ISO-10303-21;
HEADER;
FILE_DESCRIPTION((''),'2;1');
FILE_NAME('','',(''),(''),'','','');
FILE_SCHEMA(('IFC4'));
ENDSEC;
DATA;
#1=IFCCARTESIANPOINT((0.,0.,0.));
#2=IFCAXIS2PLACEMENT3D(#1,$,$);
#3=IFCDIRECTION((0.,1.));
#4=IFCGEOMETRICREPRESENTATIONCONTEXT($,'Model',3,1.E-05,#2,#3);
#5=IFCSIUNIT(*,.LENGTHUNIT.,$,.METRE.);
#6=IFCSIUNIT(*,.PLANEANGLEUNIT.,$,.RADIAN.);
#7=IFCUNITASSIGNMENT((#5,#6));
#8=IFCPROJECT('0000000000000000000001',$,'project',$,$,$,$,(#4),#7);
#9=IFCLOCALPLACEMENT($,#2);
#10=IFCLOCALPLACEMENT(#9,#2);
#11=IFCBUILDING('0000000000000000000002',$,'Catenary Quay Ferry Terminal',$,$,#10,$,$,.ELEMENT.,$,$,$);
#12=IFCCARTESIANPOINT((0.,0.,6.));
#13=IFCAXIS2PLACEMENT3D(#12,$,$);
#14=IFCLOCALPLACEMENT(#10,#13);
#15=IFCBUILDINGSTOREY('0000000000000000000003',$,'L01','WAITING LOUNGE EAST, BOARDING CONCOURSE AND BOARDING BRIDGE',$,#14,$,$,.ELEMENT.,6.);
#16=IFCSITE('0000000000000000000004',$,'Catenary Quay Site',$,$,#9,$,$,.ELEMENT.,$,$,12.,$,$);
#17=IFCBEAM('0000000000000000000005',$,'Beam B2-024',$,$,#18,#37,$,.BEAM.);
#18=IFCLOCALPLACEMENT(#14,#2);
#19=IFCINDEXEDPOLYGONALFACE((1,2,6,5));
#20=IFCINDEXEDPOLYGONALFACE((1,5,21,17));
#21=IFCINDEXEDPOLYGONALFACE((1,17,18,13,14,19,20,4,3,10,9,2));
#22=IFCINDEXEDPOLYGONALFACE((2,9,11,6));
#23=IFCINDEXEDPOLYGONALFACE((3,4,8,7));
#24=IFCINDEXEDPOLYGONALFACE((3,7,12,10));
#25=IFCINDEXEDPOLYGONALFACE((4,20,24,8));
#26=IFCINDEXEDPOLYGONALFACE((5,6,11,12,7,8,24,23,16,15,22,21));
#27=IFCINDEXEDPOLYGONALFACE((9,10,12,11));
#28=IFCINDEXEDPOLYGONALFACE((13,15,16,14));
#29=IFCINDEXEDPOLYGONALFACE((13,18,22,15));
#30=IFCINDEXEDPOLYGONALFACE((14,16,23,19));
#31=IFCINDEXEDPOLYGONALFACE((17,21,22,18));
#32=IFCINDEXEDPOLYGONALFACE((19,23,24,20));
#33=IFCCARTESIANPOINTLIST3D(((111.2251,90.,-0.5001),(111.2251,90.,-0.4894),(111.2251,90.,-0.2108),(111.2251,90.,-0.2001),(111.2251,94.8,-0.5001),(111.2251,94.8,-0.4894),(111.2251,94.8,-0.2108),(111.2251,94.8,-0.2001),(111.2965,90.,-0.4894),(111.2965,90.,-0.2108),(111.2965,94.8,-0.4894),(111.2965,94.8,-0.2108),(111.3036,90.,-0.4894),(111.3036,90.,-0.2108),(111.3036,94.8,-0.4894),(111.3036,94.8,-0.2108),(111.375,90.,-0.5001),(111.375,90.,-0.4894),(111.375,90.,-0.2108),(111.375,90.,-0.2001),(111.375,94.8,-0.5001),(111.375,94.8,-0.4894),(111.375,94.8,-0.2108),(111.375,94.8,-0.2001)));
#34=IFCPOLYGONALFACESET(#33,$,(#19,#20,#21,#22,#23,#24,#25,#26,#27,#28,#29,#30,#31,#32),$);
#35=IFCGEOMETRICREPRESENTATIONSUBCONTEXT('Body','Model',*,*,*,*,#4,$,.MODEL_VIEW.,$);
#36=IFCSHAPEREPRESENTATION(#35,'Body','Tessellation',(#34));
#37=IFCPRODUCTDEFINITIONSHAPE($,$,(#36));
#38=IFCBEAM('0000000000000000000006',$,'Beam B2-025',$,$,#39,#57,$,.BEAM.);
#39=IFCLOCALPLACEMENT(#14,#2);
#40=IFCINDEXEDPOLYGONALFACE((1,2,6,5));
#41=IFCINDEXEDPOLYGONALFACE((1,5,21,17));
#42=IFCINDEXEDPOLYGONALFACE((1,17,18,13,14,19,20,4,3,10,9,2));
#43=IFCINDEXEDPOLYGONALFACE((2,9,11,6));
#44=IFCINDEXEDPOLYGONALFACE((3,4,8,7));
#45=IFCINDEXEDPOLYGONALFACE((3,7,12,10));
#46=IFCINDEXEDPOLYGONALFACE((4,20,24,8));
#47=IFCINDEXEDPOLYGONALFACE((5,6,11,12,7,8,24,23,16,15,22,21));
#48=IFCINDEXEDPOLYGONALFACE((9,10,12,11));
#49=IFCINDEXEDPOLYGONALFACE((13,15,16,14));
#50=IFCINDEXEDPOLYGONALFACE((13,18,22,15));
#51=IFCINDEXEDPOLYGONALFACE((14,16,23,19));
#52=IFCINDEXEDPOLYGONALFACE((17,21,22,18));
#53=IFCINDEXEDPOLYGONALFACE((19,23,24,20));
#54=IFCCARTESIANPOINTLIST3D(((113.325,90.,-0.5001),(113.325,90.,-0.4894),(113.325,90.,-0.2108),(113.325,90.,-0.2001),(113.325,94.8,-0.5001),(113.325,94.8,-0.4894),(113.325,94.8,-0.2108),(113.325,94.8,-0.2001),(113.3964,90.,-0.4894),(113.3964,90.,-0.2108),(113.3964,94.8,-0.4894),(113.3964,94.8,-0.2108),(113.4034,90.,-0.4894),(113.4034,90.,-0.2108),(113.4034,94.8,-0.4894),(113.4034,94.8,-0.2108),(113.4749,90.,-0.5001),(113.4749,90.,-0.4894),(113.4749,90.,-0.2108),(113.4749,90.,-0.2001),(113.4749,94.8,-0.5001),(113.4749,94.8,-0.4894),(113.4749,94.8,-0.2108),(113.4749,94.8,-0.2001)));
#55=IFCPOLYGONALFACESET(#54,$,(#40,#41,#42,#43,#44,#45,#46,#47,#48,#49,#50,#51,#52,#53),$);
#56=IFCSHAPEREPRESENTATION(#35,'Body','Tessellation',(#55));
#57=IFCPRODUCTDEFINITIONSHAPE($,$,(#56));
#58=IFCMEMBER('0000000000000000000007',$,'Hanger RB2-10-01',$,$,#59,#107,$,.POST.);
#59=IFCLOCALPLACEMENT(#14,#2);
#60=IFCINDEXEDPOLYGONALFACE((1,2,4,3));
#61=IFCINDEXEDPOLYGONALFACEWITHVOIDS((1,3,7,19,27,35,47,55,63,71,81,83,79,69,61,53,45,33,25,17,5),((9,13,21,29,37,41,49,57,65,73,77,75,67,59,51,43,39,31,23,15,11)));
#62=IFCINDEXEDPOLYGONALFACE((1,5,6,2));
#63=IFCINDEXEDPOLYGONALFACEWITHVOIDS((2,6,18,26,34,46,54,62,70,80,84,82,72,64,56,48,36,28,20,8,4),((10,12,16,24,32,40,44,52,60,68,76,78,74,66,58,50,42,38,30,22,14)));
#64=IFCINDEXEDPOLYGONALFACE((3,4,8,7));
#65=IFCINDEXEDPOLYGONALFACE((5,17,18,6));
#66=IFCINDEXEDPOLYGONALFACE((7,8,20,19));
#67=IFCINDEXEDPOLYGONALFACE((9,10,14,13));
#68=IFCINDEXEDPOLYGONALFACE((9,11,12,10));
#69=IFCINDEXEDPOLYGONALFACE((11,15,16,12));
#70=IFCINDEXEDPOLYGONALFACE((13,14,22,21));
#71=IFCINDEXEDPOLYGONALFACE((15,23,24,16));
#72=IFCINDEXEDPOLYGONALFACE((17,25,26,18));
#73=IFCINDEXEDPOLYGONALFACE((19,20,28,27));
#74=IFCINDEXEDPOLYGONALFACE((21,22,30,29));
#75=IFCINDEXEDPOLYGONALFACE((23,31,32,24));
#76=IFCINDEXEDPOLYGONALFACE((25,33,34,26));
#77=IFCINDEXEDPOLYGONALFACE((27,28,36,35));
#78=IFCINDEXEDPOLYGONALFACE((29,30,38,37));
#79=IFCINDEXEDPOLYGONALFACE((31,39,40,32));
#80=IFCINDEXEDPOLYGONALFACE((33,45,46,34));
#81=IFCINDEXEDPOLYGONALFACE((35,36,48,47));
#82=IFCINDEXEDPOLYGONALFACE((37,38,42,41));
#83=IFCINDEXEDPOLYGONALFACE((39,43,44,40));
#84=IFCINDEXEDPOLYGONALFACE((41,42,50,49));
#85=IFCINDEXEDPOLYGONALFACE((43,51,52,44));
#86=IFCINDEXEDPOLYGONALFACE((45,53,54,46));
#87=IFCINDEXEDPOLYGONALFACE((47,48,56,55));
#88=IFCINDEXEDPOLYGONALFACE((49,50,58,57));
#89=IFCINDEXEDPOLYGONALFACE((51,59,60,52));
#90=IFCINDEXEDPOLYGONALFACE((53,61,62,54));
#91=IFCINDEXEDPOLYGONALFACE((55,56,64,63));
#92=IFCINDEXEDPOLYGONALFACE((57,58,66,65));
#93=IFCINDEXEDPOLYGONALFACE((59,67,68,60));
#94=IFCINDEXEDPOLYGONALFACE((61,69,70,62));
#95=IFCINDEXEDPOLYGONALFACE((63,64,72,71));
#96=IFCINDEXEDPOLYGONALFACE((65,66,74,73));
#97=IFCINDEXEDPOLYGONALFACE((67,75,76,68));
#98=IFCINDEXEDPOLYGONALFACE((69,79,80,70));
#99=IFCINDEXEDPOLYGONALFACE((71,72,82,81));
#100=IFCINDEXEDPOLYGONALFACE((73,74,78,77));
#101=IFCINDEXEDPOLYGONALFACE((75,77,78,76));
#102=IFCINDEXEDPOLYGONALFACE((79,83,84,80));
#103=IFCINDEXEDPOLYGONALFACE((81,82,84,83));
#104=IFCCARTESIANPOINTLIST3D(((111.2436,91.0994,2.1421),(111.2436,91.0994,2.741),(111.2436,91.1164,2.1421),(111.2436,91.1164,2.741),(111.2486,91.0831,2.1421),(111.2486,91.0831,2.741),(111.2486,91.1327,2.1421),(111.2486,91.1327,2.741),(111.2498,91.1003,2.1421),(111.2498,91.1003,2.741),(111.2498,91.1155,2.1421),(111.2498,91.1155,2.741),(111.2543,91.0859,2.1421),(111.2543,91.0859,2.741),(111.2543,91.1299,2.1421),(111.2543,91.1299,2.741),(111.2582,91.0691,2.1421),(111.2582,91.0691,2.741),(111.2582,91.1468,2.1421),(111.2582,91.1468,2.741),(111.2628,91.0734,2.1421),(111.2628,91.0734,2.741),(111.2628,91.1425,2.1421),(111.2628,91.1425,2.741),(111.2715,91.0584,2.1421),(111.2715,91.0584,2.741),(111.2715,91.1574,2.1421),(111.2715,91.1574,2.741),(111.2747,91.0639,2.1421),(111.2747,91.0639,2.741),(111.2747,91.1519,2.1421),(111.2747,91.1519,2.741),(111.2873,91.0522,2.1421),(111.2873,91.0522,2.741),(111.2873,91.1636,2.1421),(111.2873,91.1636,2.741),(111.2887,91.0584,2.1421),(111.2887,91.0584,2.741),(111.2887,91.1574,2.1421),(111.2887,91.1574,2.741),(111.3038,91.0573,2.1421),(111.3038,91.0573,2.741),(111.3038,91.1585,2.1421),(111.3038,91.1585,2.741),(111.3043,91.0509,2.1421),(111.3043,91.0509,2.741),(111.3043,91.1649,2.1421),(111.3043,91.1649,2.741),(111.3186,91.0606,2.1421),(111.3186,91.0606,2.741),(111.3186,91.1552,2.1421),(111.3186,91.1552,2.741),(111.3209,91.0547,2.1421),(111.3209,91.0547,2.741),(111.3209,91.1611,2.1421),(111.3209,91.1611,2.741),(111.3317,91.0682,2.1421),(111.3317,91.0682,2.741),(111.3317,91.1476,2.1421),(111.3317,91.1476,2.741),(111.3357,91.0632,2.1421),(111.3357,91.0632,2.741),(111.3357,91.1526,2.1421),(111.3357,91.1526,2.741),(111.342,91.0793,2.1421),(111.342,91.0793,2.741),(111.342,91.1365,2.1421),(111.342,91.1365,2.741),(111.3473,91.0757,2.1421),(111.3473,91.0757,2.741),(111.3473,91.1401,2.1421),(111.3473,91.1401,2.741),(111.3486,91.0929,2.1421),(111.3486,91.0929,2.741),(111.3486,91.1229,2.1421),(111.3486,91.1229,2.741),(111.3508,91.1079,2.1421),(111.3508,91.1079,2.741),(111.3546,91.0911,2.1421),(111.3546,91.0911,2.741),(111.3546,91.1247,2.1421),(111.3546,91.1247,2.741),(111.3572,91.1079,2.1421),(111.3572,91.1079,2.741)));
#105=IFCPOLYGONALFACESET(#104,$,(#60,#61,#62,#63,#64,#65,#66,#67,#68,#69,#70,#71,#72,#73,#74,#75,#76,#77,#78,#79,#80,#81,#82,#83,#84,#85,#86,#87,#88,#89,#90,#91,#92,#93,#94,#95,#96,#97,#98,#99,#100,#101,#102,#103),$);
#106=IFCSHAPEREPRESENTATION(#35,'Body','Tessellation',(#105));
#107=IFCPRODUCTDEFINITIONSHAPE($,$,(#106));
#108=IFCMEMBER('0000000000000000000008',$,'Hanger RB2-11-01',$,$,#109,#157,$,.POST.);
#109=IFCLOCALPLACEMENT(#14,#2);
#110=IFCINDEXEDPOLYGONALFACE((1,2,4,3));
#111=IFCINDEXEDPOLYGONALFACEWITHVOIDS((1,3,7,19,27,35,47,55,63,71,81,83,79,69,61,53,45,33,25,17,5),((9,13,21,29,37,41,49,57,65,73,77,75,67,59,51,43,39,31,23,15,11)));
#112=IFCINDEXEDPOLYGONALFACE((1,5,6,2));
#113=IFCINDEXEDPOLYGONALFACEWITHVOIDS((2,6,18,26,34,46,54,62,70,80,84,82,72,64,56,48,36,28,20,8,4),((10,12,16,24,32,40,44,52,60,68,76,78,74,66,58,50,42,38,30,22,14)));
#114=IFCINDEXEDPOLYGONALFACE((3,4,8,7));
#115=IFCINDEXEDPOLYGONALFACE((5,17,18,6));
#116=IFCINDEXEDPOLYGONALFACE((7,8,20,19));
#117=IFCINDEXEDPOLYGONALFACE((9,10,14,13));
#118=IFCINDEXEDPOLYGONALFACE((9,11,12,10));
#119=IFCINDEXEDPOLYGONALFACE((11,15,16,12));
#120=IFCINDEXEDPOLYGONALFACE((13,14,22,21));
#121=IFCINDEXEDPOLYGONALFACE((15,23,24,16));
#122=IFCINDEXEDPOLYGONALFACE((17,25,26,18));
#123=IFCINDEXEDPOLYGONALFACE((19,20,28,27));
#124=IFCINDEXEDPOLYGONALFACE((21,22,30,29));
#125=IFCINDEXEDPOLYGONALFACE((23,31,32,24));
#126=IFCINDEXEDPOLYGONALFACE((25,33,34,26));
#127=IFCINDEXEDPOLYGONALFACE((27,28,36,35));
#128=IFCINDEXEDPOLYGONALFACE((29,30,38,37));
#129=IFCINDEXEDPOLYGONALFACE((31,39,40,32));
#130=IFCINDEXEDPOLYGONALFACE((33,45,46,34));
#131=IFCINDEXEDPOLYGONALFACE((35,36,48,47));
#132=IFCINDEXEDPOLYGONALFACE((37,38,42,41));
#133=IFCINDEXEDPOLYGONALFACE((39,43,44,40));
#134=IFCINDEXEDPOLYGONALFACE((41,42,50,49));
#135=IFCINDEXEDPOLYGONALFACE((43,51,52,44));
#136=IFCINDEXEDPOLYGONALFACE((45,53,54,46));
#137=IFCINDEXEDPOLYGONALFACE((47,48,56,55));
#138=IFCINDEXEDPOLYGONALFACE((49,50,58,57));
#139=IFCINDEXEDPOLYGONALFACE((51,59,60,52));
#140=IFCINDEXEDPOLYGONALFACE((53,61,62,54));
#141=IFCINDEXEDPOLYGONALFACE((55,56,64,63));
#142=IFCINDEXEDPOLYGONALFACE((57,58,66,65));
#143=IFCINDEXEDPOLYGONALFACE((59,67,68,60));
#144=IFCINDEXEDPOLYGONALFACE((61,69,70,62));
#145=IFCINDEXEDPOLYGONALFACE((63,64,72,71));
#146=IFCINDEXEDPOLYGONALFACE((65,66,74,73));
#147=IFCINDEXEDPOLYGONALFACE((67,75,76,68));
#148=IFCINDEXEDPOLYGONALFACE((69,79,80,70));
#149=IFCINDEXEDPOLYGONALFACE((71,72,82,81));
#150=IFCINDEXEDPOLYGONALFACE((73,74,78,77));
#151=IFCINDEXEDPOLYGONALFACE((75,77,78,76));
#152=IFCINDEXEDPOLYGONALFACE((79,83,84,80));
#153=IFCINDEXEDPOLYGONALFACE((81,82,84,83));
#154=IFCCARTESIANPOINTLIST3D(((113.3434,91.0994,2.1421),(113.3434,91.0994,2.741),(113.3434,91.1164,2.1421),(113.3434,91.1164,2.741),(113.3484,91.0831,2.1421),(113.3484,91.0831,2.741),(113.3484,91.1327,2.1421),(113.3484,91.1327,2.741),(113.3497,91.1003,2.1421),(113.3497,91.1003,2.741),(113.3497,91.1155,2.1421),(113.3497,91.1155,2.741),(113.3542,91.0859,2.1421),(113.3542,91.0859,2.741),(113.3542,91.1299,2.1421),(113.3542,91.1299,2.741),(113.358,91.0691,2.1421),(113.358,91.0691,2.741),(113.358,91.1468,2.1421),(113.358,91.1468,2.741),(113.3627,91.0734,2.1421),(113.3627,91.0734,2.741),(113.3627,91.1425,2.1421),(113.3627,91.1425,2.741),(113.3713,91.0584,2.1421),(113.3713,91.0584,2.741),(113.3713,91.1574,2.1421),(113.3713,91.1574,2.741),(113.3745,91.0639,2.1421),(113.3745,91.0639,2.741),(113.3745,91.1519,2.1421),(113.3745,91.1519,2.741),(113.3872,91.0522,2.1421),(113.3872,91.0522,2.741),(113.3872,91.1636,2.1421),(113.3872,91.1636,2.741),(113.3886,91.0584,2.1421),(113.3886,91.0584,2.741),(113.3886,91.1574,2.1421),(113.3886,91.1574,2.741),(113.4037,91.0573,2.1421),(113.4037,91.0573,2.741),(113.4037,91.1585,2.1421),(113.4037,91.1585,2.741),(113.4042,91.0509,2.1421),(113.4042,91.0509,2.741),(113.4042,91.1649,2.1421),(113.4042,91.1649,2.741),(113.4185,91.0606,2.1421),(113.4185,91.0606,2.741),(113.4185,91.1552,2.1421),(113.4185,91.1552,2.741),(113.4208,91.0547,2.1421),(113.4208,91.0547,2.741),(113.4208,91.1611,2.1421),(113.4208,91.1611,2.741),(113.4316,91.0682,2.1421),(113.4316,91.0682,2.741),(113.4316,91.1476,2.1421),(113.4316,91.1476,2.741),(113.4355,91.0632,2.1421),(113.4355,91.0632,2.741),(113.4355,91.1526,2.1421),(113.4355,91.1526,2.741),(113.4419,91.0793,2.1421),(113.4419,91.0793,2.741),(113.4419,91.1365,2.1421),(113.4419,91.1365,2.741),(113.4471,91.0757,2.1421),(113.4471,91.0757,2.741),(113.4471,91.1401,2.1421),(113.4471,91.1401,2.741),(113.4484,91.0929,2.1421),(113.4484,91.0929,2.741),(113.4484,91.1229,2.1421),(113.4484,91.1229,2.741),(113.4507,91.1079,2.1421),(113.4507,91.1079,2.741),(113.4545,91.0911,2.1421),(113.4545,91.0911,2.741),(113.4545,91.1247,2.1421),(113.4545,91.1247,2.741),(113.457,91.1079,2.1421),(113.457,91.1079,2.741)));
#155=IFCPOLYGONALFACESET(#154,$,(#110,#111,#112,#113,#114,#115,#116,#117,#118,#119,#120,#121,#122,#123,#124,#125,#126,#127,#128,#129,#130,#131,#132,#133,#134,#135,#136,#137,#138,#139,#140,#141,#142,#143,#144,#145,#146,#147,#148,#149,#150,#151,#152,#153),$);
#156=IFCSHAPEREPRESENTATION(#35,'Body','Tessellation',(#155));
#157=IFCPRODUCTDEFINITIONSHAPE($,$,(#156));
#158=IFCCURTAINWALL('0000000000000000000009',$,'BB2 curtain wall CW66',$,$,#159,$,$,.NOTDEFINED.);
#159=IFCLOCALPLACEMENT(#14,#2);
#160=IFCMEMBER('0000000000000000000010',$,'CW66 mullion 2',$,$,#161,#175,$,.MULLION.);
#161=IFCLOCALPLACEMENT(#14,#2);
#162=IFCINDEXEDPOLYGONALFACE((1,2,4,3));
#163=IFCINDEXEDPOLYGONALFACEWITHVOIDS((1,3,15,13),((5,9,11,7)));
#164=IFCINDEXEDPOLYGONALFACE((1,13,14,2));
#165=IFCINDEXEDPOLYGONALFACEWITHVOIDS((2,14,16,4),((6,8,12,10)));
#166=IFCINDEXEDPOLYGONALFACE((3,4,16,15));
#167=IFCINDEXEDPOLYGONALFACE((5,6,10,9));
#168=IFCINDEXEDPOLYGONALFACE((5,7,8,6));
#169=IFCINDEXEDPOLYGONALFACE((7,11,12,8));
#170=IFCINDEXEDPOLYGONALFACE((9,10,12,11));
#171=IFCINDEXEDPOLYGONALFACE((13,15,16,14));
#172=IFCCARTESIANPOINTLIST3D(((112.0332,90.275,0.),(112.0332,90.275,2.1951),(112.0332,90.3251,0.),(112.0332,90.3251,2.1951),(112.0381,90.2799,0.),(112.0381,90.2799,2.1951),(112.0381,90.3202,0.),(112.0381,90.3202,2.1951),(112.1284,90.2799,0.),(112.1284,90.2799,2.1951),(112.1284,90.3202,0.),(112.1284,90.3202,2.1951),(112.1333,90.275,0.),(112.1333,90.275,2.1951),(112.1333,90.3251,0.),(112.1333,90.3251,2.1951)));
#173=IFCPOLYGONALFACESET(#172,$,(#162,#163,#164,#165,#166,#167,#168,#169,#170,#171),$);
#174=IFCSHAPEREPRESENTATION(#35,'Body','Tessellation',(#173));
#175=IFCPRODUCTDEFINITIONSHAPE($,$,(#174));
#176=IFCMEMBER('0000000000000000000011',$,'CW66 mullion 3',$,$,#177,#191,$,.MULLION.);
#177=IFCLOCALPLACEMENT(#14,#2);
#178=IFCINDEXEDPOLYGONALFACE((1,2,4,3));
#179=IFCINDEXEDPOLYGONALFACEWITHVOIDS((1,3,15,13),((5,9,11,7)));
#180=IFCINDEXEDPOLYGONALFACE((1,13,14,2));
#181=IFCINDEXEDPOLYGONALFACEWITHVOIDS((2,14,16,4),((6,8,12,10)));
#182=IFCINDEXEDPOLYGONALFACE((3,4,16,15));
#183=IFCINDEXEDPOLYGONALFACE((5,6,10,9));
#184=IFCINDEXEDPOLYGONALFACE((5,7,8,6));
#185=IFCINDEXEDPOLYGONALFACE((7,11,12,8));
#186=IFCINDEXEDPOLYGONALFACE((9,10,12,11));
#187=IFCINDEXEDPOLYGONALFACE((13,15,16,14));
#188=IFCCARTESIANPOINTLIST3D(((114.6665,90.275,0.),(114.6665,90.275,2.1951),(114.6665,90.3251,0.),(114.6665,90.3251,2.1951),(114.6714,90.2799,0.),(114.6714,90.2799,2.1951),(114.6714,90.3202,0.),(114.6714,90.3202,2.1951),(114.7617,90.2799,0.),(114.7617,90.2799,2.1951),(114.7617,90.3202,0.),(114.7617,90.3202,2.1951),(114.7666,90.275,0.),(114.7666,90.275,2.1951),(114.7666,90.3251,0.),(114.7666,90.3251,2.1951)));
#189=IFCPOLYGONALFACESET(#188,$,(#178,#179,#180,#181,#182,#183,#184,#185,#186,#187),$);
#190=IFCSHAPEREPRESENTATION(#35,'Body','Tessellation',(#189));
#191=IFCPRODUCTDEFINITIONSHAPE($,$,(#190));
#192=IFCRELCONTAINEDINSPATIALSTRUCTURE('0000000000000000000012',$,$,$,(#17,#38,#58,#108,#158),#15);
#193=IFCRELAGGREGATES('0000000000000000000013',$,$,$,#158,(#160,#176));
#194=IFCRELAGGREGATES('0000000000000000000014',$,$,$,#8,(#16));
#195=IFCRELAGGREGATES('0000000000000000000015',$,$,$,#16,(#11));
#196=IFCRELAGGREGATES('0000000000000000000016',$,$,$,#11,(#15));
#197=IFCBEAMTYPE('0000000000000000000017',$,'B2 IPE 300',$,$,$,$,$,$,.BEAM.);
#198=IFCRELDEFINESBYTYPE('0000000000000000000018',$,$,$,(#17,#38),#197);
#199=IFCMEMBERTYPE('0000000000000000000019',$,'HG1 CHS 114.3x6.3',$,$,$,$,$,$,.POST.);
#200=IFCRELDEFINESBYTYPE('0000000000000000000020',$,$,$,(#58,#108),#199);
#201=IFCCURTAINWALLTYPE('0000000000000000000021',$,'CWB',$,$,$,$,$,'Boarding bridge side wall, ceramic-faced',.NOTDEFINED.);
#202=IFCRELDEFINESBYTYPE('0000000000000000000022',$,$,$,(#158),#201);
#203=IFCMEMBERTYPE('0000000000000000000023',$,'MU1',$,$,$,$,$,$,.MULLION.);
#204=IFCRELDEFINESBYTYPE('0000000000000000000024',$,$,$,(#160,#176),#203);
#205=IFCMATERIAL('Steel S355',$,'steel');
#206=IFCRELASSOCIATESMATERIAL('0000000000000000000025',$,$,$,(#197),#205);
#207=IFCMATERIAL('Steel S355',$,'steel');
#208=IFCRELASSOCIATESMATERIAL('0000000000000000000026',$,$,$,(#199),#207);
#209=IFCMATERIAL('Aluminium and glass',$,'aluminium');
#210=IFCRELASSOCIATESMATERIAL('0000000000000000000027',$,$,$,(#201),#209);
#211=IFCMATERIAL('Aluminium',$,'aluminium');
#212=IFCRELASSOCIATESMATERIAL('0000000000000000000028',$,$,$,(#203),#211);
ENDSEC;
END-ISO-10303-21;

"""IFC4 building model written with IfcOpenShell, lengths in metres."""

from ifc_helpers import new_model, si_unit, direction, frame, origin, origin_2d, place, context, subcontext, project, spatial, hollow_rectangle, hollow_circle, i_section, extrude, material, material_profile, profile_set, type_object, element, aggregate, save


model = new_model("IFC4")

# Units and contexts
model_context = context("Model", 3, precision=1e-05, world=origin(), true_north=direction((0.0, 1.0)))
body_context = subcontext(model_context, "Body", "Model", "MODEL_VIEW")
ifc_project = project(units=[si_unit("LENGTHUNIT", "METRE"), si_unit("PLANEANGLEUNIT", "RADIAN")], contexts=[model_context])

# Site, building, storey
site_placement = place(None, origin())
site = spatial("IfcSite", under=ifc_project, at=site_placement, Name="Catenary Quay Site", CompositionType="ELEMENT", RefElevation=12.0)
building_placement = place(site_placement, origin())
building = spatial("IfcBuilding", under=site, at=building_placement, Name="Catenary Quay Ferry Terminal", CompositionType="ELEMENT")
storey_placement = place(building_placement, frame((0.0, 0.0, 6.0)))
storey = spatial("IfcBuildingStorey", under=building, at=storey_placement, Name="L01", Description="WAITING LOUNGE EAST, BOARDING CONCOURSE AND BOARDING BRIDGE", CompositionType="ELEMENT", Elevation=6.0)

# Beams
ifc_material_1 = material(Name="Steel S355", Category="steel")
ifc_material_profile_1 = material_profile(ifc_material_1, i_section(OverallWidth=0.1499, OverallDepth=0.3, WebThickness=0.0071, FlangeThickness=0.0107, at=origin_2d()), Name="IPE 300")
ifc_profile_set_1 = profile_set([ifc_material_profile_1], Name="Steel S355")
beam_type_1 = type_object("IfcBeamType", Name="B2 IPE 300", PredefinedType="BEAM", material=ifc_profile_set_1)
for number, where, z_axis, x_axis, name in (
    (1, (111.3, 90.0, -0.3501), (0.0, 1.0, 0.0), (-1.0, 0.0, 0.0), "Beam B2-024"),
    (2, (113.3999, 90.0, -0.3501), (0.0, 1.0, 0.0), (-1.0, 0.0, 0.0), "Beam B2-025"),
):
    element("IfcBeam", number, at=place(storey_placement, frame(where, z_axis=z_axis, x_axis=x_axis)), inside=storey, type_object=beam_type_1, Name=name, PredefinedType="BEAM", context=body_context, shape_type="SweptSolid", body=[
        extrude(i_section(OverallWidth=0.1499, OverallDepth=0.3, WebThickness=0.0071, FlangeThickness=0.0107, at=origin_2d()), origin(), (0.0, 0.0, 1.0), 4.8),
    ])

# Members
ifc_material_2 = material(Name="Steel S355", Category="steel")
ifc_material_profile_2 = material_profile(ifc_material_2, hollow_circle(Radius=0.0571, WallThickness=0.0063, at=origin_2d()), Name="CHS 114.3x6.3")
ifc_profile_set_2 = profile_set([ifc_material_profile_2], Name="Steel S355")
member_type_1 = type_object("IfcMemberType", Name="HG1 CHS 114.3x6.3", PredefinedType="POST", material=ifc_profile_set_2)
for number, where, z_axis, x_axis, name in (
    (3, (111.3, 91.1079, 2.1421), (0.0, 0.0, 1.0), (1.0, 0.0, 0.0), "Hanger RB2-10-01"),
    (4, (113.3999, 91.1079, 2.1421), (0.0, 0.0, 1.0), (1.0, 0.0, 0.0), "Hanger RB2-11-01"),
):
    element("IfcMember", number, at=place(storey_placement, frame(where, z_axis=z_axis, x_axis=x_axis)), inside=storey, type_object=member_type_1, Name=name, PredefinedType="POST", context=body_context, shape_type="SweptSolid", body=[
        extrude(hollow_circle(Radius=0.0571, WallThickness=0.0063, at=origin_2d()), origin(), (0.0, 0.0, 1.0), 0.5989),
    ])

# Curtain wall, members
ifc_material_3 = material(Name="Aluminium and glass", Category="aluminium")
curtain_wall_type = type_object("IfcCurtainWallType", Name="CWB", ElementType="Boarding bridge side wall, ceramic-faced", PredefinedType="NOTDEFINED", material=ifc_material_3)
curtain_wall_placement = place(storey_placement, origin())
curtain_wall = element("IfcCurtainWall", 5, at=curtain_wall_placement, inside=storey, type_object=curtain_wall_type, Name="BB2 curtain wall CW66", PredefinedType="NOTDEFINED")
ifc_material_4 = material(Name="Aluminium", Category="aluminium")
ifc_material_profile_3 = material_profile(ifc_material_4, hollow_rectangle(XDim=0.05, YDim=0.1001, WallThickness=0.0049, at=origin_2d()), Name="MU1")
ifc_profile_set_3 = profile_set([ifc_material_profile_3], Name="Aluminium")
member_type_2 = type_object("IfcMemberType", Name="MU1", PredefinedType="MULLION", material=ifc_profile_set_3)
member_1_placement = place(storey_placement, frame((112.0833, 90.3, 0.0), z_axis=(0.0, 0.0, 1.0), x_axis=(0.0, 1.0, 0.0)))
member_1 = element("IfcMember", 6, at=member_1_placement, type_object=member_type_2, Name="CW66 mullion 2", PredefinedType="MULLION", context=body_context, shape_type="SweptSolid", body=[
    extrude(hollow_rectangle(XDim=0.05, YDim=0.1001, WallThickness=0.0049, at=origin_2d()), origin(), (0.0, 0.0, 1.0), 2.1951),
])
member_2_placement = place(storey_placement, frame((114.7166, 90.3, 0.0), z_axis=(0.0, 0.0, 1.0), x_axis=(0.0, 1.0, 0.0)))
member_2 = element("IfcMember", 7, at=member_2_placement, type_object=member_type_2, Name="CW66 mullion 3", PredefinedType="MULLION", context=body_context, shape_type="SweptSolid", body=[
    extrude(hollow_rectangle(XDim=0.05, YDim=0.1001, WallThickness=0.0049, at=origin_2d()), origin(), (0.0, 0.0, 1.0), 2.1951),
])

aggregate(curtain_wall, [member_1, member_2])

save(model, "model.ifc")
